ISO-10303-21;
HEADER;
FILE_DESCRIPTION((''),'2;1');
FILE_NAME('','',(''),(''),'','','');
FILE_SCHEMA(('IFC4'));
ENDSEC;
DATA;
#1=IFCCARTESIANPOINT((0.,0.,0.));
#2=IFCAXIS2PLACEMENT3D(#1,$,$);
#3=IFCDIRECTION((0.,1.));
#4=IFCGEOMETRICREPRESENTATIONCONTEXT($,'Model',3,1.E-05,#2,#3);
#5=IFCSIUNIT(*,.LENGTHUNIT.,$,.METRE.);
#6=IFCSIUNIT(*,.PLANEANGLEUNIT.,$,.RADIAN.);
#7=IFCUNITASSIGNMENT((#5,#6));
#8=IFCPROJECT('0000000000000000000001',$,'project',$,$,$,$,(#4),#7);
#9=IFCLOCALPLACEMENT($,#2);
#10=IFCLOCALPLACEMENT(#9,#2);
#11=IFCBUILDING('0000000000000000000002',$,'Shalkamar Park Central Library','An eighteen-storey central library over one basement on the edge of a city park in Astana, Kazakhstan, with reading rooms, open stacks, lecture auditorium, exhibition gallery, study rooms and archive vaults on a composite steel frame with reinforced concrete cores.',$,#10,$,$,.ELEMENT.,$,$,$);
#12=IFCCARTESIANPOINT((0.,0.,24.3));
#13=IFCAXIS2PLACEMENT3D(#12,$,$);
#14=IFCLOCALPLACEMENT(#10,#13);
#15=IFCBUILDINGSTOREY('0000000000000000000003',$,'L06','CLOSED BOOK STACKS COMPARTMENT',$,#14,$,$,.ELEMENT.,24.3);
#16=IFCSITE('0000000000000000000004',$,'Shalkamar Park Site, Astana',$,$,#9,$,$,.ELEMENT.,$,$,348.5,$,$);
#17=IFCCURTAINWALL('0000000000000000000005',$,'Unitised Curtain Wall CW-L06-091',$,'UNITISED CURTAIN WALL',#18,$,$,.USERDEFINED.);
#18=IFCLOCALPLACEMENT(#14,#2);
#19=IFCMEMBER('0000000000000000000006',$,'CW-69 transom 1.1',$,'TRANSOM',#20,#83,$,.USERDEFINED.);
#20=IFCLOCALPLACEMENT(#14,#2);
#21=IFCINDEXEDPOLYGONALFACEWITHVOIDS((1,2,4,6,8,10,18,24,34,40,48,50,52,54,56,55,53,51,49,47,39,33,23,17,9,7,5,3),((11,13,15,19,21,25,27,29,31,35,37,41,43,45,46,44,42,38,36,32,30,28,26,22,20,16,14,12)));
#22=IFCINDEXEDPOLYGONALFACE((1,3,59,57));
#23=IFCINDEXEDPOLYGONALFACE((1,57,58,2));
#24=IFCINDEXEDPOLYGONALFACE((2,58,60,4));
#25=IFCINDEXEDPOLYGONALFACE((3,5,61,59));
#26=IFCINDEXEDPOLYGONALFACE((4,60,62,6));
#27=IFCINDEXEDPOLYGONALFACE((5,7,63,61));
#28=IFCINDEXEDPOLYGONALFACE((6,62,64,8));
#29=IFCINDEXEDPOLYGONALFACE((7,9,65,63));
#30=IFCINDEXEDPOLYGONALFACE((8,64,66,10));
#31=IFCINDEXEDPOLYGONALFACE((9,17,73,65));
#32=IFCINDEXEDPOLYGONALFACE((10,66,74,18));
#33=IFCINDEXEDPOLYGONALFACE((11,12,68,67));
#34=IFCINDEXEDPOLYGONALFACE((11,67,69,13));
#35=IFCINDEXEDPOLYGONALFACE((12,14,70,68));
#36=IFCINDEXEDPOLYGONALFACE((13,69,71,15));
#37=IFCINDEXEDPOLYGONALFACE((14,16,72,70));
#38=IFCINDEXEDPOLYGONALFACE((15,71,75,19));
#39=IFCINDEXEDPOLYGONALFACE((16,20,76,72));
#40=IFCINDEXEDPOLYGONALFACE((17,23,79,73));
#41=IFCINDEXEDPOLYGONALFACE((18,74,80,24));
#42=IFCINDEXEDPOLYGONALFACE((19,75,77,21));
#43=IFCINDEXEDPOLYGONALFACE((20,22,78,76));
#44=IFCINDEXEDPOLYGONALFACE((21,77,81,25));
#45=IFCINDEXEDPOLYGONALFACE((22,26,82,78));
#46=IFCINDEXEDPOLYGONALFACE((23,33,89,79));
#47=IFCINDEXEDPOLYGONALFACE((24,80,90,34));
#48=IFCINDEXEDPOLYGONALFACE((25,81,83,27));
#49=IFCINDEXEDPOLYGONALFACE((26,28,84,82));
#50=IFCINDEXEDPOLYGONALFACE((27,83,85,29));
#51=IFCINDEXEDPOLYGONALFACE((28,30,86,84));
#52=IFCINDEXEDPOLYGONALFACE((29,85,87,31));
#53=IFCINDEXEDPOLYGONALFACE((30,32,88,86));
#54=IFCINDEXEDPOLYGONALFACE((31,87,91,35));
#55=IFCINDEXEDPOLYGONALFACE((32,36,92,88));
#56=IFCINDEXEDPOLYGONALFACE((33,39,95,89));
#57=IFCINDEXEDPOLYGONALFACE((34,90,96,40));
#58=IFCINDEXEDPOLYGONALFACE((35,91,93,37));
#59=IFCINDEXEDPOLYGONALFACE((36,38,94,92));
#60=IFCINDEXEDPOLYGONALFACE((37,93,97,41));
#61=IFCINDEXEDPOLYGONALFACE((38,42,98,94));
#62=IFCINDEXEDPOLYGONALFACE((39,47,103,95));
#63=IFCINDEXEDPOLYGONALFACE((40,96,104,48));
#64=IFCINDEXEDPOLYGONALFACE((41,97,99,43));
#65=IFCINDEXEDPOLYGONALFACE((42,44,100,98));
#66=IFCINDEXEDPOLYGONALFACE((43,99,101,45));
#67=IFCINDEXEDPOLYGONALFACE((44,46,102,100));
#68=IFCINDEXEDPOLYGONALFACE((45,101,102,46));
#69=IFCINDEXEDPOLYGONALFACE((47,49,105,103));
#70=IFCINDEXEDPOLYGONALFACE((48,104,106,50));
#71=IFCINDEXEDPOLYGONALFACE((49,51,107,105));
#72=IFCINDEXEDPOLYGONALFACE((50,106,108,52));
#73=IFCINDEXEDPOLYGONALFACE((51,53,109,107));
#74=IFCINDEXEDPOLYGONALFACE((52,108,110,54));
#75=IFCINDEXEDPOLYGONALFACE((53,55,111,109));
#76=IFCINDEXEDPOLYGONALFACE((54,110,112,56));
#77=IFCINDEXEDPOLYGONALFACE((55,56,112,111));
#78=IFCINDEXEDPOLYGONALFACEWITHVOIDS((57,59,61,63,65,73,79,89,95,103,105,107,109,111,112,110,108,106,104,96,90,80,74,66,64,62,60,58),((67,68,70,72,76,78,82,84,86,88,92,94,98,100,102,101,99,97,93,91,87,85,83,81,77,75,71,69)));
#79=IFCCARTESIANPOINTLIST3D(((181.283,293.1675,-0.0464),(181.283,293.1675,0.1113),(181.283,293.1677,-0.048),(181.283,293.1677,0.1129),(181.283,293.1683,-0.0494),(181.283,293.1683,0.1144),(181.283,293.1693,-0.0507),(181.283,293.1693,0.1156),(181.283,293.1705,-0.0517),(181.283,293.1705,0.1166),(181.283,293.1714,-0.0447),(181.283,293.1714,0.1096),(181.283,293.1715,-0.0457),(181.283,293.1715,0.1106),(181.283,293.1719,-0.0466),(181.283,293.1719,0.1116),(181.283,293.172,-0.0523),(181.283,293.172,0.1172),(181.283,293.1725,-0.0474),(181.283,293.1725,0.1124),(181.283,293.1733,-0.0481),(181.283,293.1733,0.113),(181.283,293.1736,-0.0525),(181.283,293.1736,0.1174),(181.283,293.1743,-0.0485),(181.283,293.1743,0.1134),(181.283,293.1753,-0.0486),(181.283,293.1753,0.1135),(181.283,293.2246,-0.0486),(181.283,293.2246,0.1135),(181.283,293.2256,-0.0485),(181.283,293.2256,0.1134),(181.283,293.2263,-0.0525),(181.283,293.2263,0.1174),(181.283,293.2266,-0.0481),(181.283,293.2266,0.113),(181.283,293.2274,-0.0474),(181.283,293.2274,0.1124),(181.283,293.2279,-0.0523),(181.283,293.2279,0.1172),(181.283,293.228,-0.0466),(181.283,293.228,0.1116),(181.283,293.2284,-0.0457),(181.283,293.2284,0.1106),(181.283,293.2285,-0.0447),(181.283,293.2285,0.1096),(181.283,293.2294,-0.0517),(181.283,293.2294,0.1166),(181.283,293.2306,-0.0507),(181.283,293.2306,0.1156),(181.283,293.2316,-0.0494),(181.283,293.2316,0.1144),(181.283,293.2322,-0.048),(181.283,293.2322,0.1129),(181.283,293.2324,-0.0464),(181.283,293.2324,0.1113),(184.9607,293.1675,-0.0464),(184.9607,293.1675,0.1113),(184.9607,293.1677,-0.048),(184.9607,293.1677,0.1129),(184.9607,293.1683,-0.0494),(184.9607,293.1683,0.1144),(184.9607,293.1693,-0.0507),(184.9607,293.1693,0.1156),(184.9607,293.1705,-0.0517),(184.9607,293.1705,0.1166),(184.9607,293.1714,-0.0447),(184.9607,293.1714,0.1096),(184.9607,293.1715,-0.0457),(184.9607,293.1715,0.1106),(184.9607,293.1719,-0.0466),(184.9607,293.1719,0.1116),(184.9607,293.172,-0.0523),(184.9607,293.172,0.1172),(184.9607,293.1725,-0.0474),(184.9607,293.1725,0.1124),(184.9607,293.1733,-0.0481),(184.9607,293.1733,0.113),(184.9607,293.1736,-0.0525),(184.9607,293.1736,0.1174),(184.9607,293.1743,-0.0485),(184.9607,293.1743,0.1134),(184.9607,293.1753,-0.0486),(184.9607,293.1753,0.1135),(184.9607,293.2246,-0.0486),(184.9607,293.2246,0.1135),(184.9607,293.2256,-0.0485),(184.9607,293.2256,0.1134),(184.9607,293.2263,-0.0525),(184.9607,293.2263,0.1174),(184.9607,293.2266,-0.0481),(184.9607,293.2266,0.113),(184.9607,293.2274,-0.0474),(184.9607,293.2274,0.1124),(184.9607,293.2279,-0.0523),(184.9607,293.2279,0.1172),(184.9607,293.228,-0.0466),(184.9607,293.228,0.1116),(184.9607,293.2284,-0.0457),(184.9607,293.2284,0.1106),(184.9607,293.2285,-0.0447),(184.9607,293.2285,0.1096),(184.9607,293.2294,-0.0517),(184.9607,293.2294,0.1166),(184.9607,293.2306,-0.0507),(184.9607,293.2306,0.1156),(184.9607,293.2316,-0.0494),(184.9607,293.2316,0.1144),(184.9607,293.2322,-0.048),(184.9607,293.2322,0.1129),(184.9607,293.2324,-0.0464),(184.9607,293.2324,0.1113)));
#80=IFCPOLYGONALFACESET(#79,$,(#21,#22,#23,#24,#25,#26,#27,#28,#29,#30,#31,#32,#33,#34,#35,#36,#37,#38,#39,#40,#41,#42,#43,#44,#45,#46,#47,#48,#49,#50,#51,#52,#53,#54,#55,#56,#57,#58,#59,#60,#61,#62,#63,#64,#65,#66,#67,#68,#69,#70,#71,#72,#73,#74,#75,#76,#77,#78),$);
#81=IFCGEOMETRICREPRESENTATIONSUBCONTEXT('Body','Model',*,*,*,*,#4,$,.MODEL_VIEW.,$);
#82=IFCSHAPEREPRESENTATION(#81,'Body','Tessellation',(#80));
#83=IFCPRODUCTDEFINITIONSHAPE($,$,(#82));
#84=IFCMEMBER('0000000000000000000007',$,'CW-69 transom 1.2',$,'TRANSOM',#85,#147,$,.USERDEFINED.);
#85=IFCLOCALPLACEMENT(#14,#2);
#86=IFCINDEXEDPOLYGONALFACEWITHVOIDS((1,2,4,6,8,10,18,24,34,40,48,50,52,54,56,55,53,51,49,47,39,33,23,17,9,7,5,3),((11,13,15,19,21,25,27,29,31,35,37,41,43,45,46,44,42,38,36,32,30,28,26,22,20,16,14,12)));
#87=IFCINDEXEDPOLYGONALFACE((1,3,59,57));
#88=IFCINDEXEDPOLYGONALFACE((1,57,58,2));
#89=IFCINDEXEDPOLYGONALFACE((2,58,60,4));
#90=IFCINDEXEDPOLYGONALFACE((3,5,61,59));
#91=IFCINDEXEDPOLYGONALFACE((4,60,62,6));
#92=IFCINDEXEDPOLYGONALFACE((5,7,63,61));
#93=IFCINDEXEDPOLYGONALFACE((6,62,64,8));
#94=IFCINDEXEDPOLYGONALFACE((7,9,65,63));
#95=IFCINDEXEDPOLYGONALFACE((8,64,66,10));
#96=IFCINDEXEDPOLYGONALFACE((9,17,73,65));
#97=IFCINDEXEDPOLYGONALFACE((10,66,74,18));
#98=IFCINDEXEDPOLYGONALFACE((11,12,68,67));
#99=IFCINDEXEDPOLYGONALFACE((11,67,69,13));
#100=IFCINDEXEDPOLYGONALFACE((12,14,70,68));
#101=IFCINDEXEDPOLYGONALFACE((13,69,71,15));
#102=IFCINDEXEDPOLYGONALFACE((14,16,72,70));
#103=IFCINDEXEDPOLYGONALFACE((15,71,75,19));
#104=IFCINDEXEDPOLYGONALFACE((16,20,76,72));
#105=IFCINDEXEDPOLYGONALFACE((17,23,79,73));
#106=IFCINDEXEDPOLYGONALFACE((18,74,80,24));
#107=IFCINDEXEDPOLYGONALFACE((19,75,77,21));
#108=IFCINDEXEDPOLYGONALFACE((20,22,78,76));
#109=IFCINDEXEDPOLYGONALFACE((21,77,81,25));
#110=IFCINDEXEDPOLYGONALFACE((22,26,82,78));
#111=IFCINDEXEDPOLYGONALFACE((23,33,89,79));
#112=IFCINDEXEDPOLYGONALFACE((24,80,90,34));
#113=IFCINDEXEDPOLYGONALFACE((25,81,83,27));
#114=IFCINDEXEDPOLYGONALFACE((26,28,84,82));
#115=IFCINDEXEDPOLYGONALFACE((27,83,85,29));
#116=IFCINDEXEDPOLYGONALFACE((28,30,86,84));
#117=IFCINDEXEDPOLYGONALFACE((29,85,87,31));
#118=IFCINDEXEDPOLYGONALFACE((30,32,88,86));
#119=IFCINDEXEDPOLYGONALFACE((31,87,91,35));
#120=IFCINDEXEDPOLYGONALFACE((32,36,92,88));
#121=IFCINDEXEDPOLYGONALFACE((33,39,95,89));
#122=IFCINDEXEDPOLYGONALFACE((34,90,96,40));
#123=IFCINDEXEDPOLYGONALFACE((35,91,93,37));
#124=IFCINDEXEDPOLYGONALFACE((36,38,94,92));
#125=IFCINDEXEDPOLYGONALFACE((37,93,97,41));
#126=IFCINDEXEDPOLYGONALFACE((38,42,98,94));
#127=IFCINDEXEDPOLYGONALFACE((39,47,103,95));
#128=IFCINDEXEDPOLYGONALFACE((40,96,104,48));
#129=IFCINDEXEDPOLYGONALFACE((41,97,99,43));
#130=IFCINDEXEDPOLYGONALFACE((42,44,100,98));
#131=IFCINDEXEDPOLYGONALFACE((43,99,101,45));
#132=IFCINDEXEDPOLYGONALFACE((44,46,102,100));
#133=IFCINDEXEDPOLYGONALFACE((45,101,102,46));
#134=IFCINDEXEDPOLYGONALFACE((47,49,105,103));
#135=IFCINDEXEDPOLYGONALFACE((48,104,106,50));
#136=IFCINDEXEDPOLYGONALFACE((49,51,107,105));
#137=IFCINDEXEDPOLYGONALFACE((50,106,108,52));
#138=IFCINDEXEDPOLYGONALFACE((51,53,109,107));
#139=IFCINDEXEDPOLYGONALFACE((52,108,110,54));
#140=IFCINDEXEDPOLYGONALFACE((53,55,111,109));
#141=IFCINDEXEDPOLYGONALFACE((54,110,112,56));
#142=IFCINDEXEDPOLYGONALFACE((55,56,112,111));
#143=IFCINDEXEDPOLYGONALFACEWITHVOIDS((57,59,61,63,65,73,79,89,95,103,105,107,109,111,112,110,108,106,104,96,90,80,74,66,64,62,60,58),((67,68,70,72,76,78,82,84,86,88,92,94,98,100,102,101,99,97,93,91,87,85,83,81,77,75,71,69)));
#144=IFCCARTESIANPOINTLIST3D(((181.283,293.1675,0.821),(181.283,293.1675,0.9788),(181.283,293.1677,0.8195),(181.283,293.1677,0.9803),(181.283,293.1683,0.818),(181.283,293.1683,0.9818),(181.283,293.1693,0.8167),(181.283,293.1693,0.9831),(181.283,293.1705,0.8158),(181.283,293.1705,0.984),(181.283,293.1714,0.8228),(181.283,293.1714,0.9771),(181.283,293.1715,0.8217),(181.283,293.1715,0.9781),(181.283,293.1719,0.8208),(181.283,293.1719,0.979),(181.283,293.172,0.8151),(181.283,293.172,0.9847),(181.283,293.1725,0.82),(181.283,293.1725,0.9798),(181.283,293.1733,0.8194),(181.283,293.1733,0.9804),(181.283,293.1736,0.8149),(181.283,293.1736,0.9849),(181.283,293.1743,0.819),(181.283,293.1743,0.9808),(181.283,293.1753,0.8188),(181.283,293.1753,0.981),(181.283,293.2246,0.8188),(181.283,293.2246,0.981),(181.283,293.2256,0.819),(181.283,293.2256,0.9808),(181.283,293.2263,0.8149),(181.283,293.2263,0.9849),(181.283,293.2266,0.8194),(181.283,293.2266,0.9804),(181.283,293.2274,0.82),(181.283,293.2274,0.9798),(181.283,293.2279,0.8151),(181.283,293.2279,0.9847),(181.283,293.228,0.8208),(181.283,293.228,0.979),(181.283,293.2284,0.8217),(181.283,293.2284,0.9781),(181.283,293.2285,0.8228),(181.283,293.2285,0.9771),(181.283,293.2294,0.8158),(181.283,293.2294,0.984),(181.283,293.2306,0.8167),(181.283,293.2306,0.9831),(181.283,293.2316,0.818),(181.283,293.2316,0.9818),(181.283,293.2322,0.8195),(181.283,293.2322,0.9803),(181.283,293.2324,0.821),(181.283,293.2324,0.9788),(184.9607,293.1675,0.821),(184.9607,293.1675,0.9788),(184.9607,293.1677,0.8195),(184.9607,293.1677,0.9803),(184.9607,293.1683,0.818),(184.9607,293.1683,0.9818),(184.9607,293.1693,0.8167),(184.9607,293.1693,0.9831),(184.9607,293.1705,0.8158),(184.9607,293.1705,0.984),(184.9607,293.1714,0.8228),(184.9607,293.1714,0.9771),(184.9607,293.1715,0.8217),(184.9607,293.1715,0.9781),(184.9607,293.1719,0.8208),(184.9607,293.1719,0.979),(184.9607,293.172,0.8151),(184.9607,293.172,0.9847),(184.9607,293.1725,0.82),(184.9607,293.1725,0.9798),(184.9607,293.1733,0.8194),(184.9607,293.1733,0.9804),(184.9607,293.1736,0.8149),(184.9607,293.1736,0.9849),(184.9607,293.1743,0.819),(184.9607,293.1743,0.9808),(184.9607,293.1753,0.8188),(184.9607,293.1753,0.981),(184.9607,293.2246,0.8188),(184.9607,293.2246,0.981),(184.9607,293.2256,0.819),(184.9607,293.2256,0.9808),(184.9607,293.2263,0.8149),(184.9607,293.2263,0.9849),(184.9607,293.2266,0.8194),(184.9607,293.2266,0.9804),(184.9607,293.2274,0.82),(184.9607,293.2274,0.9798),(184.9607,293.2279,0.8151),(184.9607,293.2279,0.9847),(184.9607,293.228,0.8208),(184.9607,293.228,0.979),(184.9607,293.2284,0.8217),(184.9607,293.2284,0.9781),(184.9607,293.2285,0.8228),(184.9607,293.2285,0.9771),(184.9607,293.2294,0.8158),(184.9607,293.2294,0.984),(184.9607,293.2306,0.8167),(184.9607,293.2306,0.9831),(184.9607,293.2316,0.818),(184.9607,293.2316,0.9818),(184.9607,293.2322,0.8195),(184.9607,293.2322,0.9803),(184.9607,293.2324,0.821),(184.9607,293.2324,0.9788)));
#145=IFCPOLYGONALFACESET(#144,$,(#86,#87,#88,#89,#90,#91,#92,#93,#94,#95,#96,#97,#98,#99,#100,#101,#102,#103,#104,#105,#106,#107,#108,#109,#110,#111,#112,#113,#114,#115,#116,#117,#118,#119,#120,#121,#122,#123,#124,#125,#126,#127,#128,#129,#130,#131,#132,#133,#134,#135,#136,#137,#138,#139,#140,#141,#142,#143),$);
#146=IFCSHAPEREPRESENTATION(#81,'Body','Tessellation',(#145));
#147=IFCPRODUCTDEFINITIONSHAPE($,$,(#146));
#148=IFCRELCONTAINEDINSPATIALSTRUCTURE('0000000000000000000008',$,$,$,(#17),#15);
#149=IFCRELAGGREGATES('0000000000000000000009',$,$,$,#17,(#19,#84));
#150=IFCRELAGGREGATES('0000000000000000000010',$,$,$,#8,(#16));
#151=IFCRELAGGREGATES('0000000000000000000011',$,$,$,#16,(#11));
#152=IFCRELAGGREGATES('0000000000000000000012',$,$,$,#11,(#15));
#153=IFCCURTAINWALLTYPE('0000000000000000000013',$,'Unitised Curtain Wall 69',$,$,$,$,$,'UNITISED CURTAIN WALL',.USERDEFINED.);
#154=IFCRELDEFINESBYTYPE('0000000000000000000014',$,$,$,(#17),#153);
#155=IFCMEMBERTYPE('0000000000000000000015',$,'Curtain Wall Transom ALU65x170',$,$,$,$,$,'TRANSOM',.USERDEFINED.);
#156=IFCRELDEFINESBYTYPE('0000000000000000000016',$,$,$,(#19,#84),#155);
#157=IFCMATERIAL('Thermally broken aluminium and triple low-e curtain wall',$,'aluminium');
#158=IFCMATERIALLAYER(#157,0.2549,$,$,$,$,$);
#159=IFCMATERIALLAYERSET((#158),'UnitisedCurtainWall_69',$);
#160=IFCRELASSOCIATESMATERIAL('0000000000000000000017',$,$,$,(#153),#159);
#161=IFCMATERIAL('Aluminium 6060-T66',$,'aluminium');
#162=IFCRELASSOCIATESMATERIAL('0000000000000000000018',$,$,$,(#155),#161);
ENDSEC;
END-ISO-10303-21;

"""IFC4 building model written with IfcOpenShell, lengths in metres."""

from ifc_helpers import new_model, si_unit, direction, frame, origin, origin_2d, place, context, subcontext, project, spatial, hollow_rectangle, extrude, material, layer, layer_set, material_profile, profile_set, type_object, element, aggregate, save


model = new_model("IFC4")

# Units and contexts
model_context = context("Model", 3, precision=1e-05, world=origin(), true_north=direction((0.0, 1.0)))
body_context = subcontext(model_context, "Body", "Model", "MODEL_VIEW")
ifc_project = project(units=[si_unit("LENGTHUNIT", "METRE"), si_unit("PLANEANGLEUNIT", "RADIAN")], contexts=[model_context])

# Site, building, storey
site_placement = place(None, origin())
site = spatial("IfcSite", under=ifc_project, at=site_placement, Name="Shalkamar Park Site, Astana", CompositionType="ELEMENT", RefElevation=348.5)
building_placement = place(site_placement, origin())
building = spatial("IfcBuilding", under=site, at=building_placement, Name="Shalkamar Park Central Library", Description="An eighteen-storey central library over one basement on the edge of a city park in Astana, Kazakhstan, with reading rooms, open stacks, lecture auditorium, exhibition gallery, study rooms and archive vaults on a composite steel frame with reinforced concrete cores.", CompositionType="ELEMENT")
storey_placement = place(building_placement, frame((0.0, 0.0, 24.3)))
storey = spatial("IfcBuildingStorey", under=building, at=storey_placement, Name="L06", Description="CLOSED BOOK STACKS COMPARTMENT", CompositionType="ELEMENT", Elevation=24.3)

# Curtain wall
ifc_material_1 = material(Name="Thermally broken aluminium and triple low-e curtain wall", Category="aluminium")
ifc_layer_1 = layer(ifc_material_1, 0.2549)
ifc_layer_set_1 = layer_set([ifc_layer_1], Name="UnitisedCurtainWall_69")
curtain_wall_type_1 = type_object("IfcCurtainWallType", Name="Unitised Curtain Wall 69", ElementType="UNITISED CURTAIN WALL", PredefinedType="USERDEFINED", material=ifc_layer_set_1)
curtain_wall_1_placement = place(storey_placement, origin())
curtain_wall_1 = element("IfcCurtainWall", 1, at=curtain_wall_1_placement, inside=storey, type_object=curtain_wall_type_1, Name="Unitised Curtain Wall CW-L06-091", ObjectType="UNITISED CURTAIN WALL", PredefinedType="USERDEFINED")
ifc_material_2 = material(Name="Aluminium 6060-T66", Category="aluminium")

# Members
ifc_material_profile_1 = material_profile(ifc_material_2, hollow_rectangle(XDim=0.0649, YDim=0.1699, WallThickness=0.0039, InnerFilletRadius=0.0039, OuterFilletRadius=0.0061, at=origin_2d()), Name="ALU 65x170x4")
ifc_profile_set_1 = profile_set([ifc_material_profile_1], Name="Aluminium 6060-T66")
member_type_1 = type_object("IfcMemberType", Name="Curtain Wall Transom ALU65x170", ElementType="TRANSOM", PredefinedType="USERDEFINED", material=ifc_profile_set_1)
member_1_placement = place(storey_placement, frame((181.283, 293.2, 0.0325), z_axis=(1.0, 0.0, 0.0), x_axis=(0.0, 1.0, 0.0)))
member_1 = element("IfcMember", 2, at=member_1_placement, type_object=member_type_1, Name="CW-69 transom 1.1", ObjectType="TRANSOM", PredefinedType="USERDEFINED", context=body_context, shape_type="SweptSolid", body=[
    extrude(hollow_rectangle(XDim=0.0649, YDim=0.1699, WallThickness=0.0039, InnerFilletRadius=0.0039, OuterFilletRadius=0.0061, at=origin_2d()), origin(), (0.0, 0.0, 1.0), 3.6777),
])
member_2_placement = place(storey_placement, frame((181.283, 293.2, 0.8999), z_axis=(1.0, 0.0, 0.0), x_axis=(0.0, 1.0, 0.0)))
member_2 = element("IfcMember", 3, at=member_2_placement, type_object=member_type_1, Name="CW-69 transom 1.2", ObjectType="TRANSOM", PredefinedType="USERDEFINED", context=body_context, shape_type="SweptSolid", body=[
    extrude(hollow_rectangle(XDim=0.0649, YDim=0.1699, WallThickness=0.0039, InnerFilletRadius=0.0039, OuterFilletRadius=0.0061, at=origin_2d()), origin(), (0.0, 0.0, 1.0), 3.6777),
])

aggregate(curtain_wall_1, [member_1, member_2])

save(model, "model.ifc")
